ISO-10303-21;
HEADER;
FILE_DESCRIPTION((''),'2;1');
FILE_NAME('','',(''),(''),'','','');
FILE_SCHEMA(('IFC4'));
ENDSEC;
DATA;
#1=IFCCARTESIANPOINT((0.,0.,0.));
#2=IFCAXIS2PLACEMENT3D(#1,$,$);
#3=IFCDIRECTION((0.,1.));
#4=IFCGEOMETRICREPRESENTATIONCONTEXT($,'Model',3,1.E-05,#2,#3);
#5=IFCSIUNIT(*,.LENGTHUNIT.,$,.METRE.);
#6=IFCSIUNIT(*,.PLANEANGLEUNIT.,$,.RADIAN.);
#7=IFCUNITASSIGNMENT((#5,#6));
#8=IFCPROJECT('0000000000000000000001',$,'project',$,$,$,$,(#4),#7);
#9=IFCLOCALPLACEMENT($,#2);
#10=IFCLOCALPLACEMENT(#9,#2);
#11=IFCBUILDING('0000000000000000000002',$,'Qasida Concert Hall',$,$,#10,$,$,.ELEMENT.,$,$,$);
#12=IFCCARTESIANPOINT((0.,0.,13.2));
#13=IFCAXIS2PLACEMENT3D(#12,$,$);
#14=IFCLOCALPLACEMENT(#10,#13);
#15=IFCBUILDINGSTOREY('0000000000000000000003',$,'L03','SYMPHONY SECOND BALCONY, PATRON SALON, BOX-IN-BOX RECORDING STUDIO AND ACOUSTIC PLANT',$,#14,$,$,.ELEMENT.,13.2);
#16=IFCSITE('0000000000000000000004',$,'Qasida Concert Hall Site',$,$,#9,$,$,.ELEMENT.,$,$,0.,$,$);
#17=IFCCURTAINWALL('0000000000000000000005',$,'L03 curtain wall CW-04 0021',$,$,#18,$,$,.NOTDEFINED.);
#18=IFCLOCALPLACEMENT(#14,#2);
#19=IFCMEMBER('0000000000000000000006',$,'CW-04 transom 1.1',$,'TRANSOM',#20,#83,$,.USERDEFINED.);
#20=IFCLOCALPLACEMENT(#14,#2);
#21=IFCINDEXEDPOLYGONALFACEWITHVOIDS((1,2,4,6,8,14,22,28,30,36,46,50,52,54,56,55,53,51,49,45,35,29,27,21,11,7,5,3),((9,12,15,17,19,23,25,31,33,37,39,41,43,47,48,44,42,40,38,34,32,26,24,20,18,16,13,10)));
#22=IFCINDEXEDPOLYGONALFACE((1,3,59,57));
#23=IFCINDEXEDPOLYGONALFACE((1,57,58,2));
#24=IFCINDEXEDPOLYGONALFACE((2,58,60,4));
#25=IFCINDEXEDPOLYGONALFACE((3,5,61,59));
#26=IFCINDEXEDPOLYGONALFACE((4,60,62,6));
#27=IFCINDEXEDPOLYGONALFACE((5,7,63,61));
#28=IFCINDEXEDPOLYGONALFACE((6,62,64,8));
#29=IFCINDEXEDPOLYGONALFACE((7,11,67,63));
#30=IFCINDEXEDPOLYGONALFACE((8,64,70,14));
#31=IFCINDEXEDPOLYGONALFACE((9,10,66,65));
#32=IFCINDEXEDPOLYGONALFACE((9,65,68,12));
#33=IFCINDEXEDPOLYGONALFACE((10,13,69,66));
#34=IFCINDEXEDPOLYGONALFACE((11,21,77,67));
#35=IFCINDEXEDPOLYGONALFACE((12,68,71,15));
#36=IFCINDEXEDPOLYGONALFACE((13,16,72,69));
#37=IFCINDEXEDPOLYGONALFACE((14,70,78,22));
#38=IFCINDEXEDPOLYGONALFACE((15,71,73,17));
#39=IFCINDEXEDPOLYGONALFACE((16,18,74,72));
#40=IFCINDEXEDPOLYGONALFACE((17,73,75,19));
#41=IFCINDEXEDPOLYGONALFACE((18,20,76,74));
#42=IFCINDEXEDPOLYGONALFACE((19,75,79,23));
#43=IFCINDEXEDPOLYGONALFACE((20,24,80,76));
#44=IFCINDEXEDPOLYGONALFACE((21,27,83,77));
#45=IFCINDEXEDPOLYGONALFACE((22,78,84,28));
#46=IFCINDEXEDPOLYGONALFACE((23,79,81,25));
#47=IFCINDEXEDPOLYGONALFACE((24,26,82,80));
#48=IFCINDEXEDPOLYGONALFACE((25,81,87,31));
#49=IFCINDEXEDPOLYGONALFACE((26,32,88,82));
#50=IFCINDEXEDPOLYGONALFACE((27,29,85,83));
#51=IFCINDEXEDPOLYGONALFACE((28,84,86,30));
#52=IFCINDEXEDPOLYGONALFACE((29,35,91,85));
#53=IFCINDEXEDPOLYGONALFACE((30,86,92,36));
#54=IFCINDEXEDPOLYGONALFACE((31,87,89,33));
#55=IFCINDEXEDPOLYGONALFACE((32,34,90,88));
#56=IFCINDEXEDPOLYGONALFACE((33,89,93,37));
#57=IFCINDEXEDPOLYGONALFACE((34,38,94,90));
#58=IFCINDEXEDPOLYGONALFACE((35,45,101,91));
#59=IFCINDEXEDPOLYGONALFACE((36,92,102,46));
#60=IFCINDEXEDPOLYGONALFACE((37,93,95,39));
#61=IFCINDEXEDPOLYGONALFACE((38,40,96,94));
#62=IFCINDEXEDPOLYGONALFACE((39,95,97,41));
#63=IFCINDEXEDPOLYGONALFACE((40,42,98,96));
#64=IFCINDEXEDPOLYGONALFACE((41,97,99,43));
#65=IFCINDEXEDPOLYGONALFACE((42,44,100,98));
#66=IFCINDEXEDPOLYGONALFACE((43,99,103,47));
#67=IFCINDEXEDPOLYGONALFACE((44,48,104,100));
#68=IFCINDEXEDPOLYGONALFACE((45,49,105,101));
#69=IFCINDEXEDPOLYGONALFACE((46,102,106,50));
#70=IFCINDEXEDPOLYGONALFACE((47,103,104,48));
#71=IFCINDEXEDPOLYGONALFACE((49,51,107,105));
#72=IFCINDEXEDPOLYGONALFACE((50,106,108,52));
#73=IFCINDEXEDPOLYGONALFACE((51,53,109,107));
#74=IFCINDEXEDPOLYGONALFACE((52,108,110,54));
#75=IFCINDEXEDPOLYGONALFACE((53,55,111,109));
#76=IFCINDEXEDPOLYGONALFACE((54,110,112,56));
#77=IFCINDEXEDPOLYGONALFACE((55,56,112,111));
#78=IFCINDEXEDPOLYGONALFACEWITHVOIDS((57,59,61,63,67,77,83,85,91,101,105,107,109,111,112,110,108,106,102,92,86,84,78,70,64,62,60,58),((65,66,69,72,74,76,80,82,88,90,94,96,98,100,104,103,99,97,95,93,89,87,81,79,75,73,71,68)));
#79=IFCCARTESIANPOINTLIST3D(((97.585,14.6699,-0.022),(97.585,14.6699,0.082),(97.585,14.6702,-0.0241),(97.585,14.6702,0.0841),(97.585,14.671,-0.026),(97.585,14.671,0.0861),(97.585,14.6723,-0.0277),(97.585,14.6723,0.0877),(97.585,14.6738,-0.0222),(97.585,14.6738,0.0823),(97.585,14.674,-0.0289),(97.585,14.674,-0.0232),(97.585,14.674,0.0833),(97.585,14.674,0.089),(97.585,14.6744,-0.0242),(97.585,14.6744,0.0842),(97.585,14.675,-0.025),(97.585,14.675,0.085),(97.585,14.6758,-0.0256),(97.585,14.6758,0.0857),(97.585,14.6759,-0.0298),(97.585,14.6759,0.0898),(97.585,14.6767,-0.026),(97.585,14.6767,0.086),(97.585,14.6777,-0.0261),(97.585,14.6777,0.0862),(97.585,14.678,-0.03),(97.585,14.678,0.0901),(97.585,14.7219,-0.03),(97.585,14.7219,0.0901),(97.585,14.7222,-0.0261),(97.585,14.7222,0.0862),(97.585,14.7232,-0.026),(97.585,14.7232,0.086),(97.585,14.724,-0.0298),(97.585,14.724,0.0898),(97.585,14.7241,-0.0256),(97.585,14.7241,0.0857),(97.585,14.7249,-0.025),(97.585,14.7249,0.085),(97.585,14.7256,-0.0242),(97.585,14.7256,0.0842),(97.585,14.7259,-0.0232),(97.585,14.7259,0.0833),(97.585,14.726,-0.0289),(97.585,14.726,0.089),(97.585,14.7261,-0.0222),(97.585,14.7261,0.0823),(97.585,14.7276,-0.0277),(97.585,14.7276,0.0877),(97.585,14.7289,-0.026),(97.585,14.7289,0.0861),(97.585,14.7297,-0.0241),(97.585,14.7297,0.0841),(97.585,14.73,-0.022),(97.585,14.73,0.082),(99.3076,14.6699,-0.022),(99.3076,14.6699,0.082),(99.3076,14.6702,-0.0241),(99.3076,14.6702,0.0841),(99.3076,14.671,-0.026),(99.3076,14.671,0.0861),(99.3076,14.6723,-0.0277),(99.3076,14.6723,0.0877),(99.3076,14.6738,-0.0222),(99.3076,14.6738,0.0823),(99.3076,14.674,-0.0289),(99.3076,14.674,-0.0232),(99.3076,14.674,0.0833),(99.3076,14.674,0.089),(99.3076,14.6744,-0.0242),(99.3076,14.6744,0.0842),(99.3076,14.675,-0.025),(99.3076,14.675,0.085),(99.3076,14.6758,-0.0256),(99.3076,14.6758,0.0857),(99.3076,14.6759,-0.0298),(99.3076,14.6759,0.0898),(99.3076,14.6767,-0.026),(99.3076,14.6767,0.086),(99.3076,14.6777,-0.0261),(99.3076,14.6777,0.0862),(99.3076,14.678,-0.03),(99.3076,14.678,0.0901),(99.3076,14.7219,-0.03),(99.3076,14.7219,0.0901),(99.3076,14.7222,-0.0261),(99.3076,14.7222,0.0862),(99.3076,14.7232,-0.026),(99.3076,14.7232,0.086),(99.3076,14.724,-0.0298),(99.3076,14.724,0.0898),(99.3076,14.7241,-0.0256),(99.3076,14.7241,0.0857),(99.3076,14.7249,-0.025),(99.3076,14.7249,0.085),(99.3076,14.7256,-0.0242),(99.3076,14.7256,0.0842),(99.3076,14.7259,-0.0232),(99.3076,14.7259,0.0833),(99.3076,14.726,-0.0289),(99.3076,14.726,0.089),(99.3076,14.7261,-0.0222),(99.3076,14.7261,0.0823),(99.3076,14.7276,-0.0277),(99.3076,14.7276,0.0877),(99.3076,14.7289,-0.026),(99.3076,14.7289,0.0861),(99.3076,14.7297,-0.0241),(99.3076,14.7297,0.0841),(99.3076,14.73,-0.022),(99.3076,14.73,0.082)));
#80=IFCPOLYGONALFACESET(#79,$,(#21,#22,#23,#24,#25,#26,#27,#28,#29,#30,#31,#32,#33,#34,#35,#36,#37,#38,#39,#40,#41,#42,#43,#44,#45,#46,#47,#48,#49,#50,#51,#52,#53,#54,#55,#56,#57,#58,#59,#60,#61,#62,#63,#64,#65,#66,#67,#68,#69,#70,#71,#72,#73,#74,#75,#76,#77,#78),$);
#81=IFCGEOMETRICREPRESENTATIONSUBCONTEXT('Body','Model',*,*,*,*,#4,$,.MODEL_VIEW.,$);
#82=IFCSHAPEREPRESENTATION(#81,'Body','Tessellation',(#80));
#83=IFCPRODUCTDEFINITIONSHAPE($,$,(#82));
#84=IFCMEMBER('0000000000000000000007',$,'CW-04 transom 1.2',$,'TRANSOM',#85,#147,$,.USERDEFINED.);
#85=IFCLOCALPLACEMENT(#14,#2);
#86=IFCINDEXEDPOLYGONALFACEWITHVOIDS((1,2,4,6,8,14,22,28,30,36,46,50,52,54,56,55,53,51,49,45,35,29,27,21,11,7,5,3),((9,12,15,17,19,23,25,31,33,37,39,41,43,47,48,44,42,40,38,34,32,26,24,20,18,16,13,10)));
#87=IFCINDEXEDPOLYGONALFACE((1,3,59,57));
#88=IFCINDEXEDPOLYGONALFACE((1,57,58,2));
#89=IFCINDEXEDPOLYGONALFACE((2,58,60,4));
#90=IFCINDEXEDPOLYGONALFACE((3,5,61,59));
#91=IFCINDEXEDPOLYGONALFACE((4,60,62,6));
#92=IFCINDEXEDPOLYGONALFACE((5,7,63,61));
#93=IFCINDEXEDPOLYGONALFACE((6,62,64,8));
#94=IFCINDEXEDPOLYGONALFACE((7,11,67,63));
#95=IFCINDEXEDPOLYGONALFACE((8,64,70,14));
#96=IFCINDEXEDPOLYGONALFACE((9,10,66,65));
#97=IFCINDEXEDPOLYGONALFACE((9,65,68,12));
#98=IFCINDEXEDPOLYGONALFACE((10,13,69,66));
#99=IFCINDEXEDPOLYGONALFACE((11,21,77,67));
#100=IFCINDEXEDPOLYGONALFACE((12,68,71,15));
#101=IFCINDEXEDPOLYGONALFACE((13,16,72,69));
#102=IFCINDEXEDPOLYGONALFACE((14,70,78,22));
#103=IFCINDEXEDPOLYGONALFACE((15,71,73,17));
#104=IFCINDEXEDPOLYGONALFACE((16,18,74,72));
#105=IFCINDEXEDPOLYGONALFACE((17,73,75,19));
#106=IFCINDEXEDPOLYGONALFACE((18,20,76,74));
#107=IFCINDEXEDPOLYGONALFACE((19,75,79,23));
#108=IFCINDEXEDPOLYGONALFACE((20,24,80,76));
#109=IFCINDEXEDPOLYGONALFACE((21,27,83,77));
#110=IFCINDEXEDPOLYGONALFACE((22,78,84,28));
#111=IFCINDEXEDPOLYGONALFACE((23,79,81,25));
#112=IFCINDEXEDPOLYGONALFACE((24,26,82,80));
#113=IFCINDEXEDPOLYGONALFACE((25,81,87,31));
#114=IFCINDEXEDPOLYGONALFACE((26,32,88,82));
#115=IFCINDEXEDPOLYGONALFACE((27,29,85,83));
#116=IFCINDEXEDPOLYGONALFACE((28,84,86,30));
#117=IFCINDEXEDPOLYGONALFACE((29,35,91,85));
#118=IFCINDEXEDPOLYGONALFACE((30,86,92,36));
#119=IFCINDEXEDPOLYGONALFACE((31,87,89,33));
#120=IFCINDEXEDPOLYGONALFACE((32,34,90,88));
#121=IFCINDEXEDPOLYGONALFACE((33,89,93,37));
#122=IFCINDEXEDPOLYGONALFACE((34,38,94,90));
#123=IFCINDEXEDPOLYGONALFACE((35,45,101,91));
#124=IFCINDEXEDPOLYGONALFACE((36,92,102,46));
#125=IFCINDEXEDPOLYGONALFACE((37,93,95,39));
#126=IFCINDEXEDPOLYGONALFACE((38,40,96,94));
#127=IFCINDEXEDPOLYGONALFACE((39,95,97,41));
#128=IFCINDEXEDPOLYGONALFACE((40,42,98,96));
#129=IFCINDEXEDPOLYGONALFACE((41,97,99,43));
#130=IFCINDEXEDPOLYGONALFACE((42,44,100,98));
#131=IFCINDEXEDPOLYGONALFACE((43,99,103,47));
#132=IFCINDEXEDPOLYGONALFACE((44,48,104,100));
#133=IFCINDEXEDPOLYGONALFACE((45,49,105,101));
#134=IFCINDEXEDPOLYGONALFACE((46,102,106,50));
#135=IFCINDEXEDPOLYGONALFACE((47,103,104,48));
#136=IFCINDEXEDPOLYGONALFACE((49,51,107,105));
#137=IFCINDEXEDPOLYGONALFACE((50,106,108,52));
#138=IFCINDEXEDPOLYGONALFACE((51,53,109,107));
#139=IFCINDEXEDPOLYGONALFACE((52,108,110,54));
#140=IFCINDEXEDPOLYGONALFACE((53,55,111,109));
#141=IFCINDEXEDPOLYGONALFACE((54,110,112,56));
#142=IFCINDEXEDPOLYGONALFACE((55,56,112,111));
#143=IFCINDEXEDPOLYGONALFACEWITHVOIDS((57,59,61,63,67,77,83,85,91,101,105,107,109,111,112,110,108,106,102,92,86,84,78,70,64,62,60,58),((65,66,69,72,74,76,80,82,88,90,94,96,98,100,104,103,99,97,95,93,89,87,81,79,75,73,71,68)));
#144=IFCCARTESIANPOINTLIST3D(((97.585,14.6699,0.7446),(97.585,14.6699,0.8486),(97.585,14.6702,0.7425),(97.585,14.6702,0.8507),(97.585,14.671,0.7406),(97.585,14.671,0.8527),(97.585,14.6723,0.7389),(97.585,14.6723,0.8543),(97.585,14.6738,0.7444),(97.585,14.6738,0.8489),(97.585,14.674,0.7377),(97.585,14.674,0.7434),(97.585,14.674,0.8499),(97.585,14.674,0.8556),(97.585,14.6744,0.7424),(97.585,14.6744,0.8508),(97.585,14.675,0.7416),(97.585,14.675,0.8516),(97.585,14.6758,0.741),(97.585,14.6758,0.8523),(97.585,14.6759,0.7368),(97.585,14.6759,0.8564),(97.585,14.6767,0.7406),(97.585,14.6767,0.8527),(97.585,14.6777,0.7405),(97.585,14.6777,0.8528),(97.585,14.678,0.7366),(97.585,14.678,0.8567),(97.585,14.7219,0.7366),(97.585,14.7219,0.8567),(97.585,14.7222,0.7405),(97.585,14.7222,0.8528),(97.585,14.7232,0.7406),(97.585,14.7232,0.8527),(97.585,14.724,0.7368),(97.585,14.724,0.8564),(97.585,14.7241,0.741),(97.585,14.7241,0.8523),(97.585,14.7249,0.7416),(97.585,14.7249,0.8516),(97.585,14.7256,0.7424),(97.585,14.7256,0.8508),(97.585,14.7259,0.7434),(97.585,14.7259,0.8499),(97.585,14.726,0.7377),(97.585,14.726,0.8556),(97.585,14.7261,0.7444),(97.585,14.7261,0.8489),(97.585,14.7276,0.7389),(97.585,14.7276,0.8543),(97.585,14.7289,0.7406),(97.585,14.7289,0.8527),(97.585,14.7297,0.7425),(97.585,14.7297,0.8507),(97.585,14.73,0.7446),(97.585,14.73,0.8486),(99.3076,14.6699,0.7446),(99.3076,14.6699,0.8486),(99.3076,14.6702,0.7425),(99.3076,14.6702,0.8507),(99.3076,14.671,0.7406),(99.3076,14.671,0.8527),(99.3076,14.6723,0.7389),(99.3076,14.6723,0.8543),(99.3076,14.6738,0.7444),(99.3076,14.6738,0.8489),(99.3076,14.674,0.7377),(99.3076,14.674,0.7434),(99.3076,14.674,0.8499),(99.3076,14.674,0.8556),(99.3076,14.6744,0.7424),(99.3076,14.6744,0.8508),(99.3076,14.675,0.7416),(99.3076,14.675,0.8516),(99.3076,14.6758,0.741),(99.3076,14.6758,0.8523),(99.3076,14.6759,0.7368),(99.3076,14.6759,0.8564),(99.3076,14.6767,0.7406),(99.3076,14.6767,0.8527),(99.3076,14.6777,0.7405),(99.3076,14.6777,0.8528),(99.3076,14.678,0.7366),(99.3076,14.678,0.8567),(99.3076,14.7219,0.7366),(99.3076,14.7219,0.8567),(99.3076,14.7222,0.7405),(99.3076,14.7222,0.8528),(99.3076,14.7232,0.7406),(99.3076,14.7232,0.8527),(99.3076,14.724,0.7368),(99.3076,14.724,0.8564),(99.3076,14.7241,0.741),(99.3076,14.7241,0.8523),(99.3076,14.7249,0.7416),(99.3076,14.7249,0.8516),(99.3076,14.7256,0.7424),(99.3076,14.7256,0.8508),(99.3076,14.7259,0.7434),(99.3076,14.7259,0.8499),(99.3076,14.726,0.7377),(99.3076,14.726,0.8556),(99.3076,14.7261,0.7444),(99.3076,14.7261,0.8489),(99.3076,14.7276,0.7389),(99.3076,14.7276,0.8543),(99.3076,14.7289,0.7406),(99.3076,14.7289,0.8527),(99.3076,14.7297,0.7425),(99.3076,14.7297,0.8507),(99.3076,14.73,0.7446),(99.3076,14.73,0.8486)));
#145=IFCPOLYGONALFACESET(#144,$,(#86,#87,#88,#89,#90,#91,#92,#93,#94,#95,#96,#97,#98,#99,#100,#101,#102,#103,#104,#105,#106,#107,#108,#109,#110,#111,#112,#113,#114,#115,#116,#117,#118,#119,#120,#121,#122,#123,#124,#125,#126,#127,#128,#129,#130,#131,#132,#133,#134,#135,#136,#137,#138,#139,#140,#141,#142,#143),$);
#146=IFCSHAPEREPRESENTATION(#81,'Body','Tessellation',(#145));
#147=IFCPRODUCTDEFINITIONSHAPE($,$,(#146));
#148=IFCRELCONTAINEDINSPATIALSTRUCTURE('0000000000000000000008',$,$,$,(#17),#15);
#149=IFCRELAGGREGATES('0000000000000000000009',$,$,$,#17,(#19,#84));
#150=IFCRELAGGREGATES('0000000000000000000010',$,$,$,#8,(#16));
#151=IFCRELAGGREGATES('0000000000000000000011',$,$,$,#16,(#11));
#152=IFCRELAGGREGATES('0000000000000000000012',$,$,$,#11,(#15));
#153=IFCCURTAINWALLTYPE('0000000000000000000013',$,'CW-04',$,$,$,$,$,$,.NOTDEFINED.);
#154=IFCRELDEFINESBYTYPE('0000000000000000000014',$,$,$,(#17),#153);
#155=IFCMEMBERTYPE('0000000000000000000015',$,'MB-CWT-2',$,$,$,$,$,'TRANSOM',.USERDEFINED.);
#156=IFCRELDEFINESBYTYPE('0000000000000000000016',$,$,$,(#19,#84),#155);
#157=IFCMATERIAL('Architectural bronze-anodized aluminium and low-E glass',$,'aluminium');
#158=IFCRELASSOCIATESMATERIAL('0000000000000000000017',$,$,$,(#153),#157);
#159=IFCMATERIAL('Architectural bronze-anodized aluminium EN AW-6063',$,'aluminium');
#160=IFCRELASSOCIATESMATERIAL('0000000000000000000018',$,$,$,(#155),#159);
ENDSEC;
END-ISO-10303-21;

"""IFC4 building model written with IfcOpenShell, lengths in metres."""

from ifc_helpers import new_model, si_unit, direction, frame, origin, origin_2d, place, context, subcontext, project, spatial, hollow_rectangle, extrude, material, material_profile, profile_set, type_object, element, aggregate, save


model = new_model("IFC4")

# Units and contexts
model_context = context("Model", 3, precision=1e-05, world=origin(), true_north=direction((0.0, 1.0)))
body_context = subcontext(model_context, "Body", "Model", "MODEL_VIEW")
ifc_project = project(units=[si_unit("LENGTHUNIT", "METRE"), si_unit("PLANEANGLEUNIT", "RADIAN")], contexts=[model_context])

# Site, building, storey
site_placement = place(None, origin())
site = spatial("IfcSite", under=ifc_project, at=site_placement, Name="Qasida Concert Hall Site", CompositionType="ELEMENT", RefElevation=0.0)
building_placement = place(site_placement, origin())
building = spatial("IfcBuilding", under=site, at=building_placement, Name="Qasida Concert Hall", CompositionType="ELEMENT")
storey_placement = place(building_placement, frame((0.0, 0.0, 13.2)))
storey = spatial("IfcBuildingStorey", under=building, at=storey_placement, Name="L03", Description="SYMPHONY SECOND BALCONY, PATRON SALON, BOX-IN-BOX RECORDING STUDIO AND ACOUSTIC PLANT", CompositionType="ELEMENT", Elevation=13.2)

# Shared definitions
ifc_material_1 = material(Name="Architectural bronze-anodized aluminium and low-E glass", Category="aluminium")
curtain_wall_type = type_object("IfcCurtainWallType", Name="CW-04", PredefinedType="NOTDEFINED", material=ifc_material_1)
ifc_material_2 = material(Name="Architectural bronze-anodized aluminium EN AW-6063", Category="aluminium")

# Curtain wall, members
curtain_wall_1_placement = place(storey_placement, origin())
curtain_wall_1 = element("IfcCurtainWall", 1, at=curtain_wall_1_placement, inside=storey, type_object=curtain_wall_type, Name="L03 curtain wall CW-04 0021", PredefinedType="NOTDEFINED")
ifc_material_profile_1 = material_profile(ifc_material_2, hollow_rectangle(XDim=0.0601, YDim=0.1201, WallThickness=0.0039, InnerFilletRadius=0.0039, OuterFilletRadius=0.0081, at=origin_2d()), Name="CWT 120x60x4")
ifc_profile_set_1 = profile_set([ifc_material_profile_1], Name="Architectural bronze-anodized aluminium EN AW-6063")
member_type_1 = type_object("IfcMemberType", Name="MB-CWT-2", ElementType="TRANSOM", PredefinedType="USERDEFINED", material=ifc_profile_set_1)
member_1_placement = place(storey_placement, frame((97.585, 14.7, 0.03), z_axis=(1.0, 0.0, 0.0), x_axis=(0.0, 1.0, 0.0)))
member_1 = element("IfcMember", 2, at=member_1_placement, type_object=member_type_1, Name="CW-04 transom 1.1", ObjectType="TRANSOM", PredefinedType="USERDEFINED", context=body_context, shape_type="SweptSolid", body=[
    extrude(hollow_rectangle(XDim=0.0601, YDim=0.1201, WallThickness=0.0039, InnerFilletRadius=0.0039, OuterFilletRadius=0.0081, at=origin_2d()), origin(), (0.0, 0.0, 1.0), 1.7227),
])
member_2_placement = place(storey_placement, frame((97.585, 14.7, 0.7966), z_axis=(1.0, 0.0, 0.0), x_axis=(0.0, 1.0, 0.0)))
member_2 = element("IfcMember", 3, at=member_2_placement, type_object=member_type_1, Name="CW-04 transom 1.2", ObjectType="TRANSOM", PredefinedType="USERDEFINED", context=body_context, shape_type="SweptSolid", body=[
    extrude(hollow_rectangle(XDim=0.0601, YDim=0.1201, WallThickness=0.0039, InnerFilletRadius=0.0039, OuterFilletRadius=0.0081, at=origin_2d()), origin(), (0.0, 0.0, 1.0), 1.7227),
])

aggregate(curtain_wall_1, [member_1, member_2])

save(model, "model.ifc")
